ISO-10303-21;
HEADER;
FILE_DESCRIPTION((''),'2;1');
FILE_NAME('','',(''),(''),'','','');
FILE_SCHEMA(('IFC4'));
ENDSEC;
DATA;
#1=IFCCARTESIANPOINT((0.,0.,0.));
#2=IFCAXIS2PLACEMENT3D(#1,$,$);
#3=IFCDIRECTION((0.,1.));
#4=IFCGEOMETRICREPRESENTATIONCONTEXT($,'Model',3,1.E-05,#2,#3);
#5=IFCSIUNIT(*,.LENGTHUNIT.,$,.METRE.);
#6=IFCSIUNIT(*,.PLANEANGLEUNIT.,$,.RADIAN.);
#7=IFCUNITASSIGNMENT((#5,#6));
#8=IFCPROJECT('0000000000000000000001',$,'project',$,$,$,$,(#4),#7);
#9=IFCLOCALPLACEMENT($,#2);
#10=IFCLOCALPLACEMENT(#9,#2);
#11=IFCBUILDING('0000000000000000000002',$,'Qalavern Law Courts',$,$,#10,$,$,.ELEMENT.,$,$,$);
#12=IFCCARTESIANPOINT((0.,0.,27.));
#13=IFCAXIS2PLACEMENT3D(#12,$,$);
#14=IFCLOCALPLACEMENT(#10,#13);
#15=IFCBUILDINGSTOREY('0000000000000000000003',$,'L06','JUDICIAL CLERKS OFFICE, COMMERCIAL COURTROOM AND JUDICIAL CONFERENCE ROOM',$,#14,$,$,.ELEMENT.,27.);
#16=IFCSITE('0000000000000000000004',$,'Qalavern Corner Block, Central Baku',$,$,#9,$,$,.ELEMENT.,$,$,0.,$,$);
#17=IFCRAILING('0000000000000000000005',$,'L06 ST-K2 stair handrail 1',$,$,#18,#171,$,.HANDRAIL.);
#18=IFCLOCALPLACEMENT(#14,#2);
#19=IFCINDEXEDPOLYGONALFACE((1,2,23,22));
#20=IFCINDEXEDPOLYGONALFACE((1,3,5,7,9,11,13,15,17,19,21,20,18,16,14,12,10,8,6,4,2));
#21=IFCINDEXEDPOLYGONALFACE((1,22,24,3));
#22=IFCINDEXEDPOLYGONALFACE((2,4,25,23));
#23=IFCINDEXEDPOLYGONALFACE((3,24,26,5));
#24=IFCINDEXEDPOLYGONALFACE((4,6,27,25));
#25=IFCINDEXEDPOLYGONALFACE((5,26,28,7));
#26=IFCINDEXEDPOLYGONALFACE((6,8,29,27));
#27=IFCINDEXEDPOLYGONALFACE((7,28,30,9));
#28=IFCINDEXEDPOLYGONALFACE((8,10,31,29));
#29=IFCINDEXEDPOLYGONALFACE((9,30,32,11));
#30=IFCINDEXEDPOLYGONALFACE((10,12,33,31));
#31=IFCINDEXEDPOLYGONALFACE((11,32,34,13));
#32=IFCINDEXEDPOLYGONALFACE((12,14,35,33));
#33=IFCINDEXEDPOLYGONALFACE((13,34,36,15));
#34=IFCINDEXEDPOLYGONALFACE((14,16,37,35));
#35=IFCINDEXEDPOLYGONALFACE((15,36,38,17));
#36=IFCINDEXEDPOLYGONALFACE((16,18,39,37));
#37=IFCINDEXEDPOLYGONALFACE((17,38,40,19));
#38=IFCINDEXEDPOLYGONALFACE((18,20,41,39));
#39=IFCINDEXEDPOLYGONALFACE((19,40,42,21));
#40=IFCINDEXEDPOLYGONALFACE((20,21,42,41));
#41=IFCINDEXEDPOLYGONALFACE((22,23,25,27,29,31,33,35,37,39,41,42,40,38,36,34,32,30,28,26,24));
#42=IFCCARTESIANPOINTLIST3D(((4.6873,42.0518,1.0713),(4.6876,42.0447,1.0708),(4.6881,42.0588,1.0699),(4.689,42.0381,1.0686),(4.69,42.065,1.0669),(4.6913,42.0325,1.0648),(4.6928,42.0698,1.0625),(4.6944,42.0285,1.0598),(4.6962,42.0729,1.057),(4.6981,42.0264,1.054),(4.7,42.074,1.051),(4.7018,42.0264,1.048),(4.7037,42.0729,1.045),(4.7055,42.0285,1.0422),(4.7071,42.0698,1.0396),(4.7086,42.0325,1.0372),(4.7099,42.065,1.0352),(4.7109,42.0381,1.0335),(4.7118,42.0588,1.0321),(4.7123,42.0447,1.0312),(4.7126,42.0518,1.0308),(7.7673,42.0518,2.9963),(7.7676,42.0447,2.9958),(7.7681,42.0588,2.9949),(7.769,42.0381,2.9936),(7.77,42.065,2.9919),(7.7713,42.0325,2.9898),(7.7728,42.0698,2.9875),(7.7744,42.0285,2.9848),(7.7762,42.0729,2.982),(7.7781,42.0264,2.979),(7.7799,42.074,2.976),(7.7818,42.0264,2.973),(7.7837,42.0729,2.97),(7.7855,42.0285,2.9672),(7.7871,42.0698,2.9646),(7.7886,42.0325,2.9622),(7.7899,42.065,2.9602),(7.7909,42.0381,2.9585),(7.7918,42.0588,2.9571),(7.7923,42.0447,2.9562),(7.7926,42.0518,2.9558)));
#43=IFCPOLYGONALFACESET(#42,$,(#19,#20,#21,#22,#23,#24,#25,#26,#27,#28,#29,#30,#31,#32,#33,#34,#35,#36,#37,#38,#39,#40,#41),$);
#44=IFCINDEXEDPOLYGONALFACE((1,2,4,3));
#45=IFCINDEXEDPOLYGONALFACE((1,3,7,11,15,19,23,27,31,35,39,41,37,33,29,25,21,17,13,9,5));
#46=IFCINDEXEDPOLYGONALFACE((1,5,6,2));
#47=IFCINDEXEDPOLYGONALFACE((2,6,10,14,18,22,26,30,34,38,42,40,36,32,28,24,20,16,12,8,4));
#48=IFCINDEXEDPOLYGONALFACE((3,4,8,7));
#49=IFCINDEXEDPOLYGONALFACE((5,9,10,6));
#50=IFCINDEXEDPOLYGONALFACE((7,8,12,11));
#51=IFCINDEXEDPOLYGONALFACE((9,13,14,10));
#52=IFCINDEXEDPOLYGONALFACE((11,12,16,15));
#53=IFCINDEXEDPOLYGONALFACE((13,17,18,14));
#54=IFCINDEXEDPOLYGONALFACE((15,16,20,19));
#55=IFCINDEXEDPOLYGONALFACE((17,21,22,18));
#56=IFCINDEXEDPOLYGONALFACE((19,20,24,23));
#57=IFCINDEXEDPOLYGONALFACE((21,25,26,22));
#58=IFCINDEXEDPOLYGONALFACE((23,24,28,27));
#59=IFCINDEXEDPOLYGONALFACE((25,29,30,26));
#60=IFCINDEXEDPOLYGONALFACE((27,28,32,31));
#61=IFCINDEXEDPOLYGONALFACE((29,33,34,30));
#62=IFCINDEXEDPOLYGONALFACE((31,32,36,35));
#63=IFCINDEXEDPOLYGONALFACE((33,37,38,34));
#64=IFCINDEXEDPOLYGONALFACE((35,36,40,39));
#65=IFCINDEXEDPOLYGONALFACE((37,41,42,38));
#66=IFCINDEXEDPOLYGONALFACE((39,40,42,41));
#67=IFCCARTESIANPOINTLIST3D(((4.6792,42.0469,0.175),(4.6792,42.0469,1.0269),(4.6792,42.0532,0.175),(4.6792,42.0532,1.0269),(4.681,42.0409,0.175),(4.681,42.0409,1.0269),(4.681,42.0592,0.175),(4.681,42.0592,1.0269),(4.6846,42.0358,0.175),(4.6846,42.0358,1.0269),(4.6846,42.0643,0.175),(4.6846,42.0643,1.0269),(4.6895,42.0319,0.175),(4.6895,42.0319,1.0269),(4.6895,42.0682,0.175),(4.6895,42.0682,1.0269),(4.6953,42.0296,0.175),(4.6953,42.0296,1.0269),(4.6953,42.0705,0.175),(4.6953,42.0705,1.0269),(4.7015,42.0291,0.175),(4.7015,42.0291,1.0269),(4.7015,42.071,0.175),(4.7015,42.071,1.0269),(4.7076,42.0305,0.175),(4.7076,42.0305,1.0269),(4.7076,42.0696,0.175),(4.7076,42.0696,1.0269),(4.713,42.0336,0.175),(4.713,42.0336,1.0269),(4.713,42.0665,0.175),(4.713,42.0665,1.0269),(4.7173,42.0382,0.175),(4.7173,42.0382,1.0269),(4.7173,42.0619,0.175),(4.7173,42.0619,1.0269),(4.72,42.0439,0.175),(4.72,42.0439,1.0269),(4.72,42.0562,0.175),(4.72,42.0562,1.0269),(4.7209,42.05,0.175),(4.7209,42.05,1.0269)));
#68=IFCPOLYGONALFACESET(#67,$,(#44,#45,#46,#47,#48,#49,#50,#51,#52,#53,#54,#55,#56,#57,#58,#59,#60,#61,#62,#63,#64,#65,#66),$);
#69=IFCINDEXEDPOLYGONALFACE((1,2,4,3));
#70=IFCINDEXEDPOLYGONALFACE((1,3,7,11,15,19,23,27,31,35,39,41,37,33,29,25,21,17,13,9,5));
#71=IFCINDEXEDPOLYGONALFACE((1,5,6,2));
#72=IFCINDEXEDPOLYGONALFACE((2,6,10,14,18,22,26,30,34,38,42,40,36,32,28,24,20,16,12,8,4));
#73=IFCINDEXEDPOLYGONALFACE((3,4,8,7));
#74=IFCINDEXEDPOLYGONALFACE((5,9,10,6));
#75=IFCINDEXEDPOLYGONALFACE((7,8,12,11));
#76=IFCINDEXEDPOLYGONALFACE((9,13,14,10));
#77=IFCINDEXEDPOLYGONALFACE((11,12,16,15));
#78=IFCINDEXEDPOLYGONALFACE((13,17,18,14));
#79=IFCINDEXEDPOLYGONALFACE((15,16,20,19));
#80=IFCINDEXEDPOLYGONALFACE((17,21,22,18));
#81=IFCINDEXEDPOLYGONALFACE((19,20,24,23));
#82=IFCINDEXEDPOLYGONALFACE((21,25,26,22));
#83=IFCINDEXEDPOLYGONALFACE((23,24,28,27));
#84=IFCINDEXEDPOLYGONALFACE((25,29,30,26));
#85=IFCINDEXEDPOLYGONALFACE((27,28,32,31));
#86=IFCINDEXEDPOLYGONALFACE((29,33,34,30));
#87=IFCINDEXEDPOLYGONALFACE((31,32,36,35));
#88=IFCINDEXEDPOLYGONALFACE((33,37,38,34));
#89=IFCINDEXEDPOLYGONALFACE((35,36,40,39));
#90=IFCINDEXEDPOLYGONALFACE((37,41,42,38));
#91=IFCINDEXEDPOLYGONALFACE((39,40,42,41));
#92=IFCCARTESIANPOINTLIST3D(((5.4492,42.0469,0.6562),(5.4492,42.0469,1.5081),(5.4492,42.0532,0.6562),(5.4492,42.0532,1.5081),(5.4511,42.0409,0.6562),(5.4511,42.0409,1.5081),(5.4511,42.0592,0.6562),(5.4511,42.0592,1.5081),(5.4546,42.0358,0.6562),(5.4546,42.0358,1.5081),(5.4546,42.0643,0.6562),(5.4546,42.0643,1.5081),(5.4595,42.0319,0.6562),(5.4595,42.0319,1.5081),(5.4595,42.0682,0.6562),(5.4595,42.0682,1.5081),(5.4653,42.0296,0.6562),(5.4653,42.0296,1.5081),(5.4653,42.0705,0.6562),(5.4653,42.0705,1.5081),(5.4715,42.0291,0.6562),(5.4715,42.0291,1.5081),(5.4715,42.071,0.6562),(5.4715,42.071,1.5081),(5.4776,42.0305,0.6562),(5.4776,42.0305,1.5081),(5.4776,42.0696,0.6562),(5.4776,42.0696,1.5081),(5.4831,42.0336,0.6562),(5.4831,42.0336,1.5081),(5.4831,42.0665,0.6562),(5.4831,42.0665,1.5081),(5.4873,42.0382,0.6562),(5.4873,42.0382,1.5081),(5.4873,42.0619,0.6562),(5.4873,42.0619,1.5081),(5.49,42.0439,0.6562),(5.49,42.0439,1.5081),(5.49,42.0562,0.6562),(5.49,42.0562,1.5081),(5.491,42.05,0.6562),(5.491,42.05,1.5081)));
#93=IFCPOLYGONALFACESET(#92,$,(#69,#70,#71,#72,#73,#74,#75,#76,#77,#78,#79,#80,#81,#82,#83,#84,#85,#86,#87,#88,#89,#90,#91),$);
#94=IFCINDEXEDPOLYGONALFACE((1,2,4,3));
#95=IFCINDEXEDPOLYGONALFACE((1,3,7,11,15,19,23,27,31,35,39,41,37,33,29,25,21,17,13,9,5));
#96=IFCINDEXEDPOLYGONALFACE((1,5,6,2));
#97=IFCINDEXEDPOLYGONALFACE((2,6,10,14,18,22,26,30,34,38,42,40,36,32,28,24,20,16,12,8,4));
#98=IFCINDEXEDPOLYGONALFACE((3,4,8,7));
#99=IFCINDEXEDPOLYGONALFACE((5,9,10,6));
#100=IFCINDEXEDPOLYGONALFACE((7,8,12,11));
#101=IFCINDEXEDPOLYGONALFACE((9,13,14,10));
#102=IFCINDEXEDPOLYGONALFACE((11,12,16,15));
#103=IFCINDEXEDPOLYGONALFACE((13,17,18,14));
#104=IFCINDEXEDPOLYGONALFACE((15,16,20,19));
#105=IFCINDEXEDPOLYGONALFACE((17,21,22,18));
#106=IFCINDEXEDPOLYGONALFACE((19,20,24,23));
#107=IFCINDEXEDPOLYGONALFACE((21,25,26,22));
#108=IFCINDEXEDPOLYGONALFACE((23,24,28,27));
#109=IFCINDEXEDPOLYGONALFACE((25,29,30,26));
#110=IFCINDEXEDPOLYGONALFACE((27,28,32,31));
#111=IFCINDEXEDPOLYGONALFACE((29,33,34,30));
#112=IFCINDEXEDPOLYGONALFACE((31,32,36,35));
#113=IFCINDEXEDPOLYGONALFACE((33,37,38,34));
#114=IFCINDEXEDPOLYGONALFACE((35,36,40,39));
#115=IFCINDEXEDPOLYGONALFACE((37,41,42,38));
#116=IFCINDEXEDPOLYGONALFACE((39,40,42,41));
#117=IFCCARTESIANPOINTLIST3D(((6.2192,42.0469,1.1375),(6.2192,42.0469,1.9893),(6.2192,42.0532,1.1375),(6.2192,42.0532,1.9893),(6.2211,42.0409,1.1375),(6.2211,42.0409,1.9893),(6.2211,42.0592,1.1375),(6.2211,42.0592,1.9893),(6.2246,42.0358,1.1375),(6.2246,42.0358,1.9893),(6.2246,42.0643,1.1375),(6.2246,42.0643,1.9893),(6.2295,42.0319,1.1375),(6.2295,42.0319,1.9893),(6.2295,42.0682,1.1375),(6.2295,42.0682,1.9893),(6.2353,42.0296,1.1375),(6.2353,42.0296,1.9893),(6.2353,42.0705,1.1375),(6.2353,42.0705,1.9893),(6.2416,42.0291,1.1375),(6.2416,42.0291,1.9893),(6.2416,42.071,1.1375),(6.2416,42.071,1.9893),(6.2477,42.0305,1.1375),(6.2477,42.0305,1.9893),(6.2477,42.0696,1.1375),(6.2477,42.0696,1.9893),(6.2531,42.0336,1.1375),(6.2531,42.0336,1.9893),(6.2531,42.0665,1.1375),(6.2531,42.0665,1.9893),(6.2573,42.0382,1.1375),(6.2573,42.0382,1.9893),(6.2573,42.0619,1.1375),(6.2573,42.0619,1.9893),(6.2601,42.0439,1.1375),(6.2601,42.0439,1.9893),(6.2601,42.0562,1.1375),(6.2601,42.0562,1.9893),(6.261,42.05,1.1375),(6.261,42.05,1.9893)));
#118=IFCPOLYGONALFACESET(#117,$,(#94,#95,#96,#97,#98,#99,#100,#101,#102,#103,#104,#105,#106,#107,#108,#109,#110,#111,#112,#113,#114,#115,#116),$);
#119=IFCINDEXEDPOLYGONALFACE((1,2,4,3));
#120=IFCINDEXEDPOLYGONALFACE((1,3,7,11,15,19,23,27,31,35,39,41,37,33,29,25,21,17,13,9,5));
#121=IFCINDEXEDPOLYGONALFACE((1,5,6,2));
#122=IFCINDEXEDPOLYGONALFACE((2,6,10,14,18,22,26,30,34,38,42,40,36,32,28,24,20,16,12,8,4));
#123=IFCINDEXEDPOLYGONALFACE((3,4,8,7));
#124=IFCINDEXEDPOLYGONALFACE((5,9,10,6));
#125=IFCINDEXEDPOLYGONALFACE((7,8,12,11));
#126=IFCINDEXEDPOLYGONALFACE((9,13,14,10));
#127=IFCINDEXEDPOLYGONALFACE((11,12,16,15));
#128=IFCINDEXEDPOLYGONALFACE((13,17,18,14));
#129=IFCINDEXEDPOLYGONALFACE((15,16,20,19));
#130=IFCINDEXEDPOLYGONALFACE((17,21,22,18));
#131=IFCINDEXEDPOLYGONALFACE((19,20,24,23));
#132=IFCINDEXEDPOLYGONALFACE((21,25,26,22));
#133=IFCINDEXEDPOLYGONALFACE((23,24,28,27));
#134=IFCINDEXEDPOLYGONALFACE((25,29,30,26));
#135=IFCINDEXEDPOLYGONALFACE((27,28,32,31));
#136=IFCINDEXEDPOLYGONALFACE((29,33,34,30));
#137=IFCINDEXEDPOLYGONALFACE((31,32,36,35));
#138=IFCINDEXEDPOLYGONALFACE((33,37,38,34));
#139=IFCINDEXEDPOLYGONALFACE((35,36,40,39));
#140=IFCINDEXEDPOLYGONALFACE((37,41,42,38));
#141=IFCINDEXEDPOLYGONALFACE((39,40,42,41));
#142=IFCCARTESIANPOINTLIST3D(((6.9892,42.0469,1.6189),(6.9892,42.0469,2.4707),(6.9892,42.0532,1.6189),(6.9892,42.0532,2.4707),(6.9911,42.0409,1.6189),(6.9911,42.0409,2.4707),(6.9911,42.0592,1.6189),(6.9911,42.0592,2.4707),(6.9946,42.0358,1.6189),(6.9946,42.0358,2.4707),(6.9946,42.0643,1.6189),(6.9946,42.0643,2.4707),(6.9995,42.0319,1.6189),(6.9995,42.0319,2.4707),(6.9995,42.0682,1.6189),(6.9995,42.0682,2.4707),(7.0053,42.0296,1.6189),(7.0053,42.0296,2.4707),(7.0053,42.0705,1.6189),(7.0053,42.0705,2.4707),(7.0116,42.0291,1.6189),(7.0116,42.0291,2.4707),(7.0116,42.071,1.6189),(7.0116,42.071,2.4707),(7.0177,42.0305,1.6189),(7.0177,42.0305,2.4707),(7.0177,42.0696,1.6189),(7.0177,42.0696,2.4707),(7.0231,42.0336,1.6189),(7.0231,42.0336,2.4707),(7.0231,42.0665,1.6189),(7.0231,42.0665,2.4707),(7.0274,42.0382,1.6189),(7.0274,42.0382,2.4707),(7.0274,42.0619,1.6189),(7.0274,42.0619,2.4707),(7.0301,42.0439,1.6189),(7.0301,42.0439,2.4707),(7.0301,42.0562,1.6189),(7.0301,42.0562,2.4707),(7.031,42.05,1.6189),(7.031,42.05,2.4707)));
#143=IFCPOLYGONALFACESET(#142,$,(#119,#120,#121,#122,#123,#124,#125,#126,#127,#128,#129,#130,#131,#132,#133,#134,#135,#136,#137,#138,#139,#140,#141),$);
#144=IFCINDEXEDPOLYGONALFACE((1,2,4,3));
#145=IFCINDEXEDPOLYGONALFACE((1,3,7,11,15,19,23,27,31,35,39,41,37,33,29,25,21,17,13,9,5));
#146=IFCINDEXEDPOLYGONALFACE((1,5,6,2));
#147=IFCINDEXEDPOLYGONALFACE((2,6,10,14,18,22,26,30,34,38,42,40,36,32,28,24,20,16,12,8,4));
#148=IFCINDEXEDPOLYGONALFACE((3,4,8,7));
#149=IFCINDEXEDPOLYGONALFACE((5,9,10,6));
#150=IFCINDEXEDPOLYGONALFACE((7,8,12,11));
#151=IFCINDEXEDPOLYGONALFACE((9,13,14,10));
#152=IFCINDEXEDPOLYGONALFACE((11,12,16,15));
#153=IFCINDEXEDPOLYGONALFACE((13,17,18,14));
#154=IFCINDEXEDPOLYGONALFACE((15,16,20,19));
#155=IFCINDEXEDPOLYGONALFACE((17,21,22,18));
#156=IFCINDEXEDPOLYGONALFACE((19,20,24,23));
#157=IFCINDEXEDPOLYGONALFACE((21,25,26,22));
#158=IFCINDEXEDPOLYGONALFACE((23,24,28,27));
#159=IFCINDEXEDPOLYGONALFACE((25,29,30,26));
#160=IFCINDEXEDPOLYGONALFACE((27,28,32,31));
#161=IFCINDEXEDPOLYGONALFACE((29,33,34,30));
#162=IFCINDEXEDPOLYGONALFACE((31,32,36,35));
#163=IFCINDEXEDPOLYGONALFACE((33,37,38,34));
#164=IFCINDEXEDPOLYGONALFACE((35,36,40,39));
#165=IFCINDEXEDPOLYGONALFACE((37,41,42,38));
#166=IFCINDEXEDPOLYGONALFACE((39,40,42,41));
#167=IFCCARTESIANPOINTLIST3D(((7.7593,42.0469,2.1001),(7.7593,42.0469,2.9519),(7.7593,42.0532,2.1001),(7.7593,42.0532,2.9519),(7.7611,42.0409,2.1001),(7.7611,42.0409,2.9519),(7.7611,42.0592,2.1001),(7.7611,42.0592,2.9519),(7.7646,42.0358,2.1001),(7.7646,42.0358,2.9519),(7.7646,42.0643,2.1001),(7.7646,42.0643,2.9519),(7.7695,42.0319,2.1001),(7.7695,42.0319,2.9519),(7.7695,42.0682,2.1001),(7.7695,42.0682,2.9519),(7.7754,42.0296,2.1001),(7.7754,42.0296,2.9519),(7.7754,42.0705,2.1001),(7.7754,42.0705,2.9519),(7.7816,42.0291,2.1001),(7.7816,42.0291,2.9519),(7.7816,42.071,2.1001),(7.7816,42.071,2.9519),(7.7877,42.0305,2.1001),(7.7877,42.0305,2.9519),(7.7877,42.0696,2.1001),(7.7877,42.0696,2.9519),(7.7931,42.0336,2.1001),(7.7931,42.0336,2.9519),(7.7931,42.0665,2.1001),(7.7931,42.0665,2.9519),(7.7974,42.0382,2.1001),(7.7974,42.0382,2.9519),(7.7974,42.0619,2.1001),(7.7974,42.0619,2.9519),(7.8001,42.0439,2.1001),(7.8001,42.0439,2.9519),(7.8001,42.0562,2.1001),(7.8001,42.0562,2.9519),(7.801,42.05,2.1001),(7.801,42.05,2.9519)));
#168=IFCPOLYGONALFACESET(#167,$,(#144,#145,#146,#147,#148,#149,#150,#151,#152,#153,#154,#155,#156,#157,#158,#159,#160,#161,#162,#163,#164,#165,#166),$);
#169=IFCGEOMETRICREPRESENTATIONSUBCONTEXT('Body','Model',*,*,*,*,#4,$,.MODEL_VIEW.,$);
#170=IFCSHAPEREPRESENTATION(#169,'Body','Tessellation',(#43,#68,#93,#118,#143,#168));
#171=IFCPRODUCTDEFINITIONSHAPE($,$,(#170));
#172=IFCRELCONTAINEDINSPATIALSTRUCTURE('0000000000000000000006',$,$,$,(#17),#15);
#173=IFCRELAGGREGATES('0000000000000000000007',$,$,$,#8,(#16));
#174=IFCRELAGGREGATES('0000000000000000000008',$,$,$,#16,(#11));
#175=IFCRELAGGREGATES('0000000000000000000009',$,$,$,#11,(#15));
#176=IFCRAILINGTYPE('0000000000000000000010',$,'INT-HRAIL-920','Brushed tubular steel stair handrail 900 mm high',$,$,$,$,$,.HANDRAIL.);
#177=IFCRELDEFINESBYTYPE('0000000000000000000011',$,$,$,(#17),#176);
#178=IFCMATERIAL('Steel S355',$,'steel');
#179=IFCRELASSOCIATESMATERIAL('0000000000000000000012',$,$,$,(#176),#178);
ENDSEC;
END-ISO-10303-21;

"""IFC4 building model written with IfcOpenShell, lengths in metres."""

from ifc_helpers import new_model, si_unit, direction, frame, origin, origin_2d, place, context, subcontext, project, spatial, circle, extrude, material, type_object, element, save


model = new_model("IFC4")

# Units and contexts
model_context = context("Model", 3, precision=1e-05, world=origin(), true_north=direction((0.0, 1.0)))
body_context = subcontext(model_context, "Body", "Model", "MODEL_VIEW")
ifc_project = project(units=[si_unit("LENGTHUNIT", "METRE"), si_unit("PLANEANGLEUNIT", "RADIAN")], contexts=[model_context])

# Site, building, storey
site_placement = place(None, origin())
site = spatial("IfcSite", under=ifc_project, at=site_placement, Name="Qalavern Corner Block, Central Baku", CompositionType="ELEMENT", RefElevation=0.0)
building_placement = place(site_placement, origin())
building = spatial("IfcBuilding", under=site, at=building_placement, Name="Qalavern Law Courts", CompositionType="ELEMENT")
storey_placement = place(building_placement, frame((0.0, 0.0, 27.0)))
storey = spatial("IfcBuildingStorey", under=building, at=storey_placement, Name="L06", Description="JUDICIAL CLERKS OFFICE, COMMERCIAL COURTROOM AND JUDICIAL CONFERENCE ROOM", CompositionType="ELEMENT", Elevation=27.0)

# Shared definitions
ifc_material_1 = material(Name="Steel S355", Category="steel")

# Railing
railing_type_1 = type_object("IfcRailingType", Name="INT-HRAIL-920", Description="Brushed tubular steel stair handrail 900 mm high", PredefinedType="HANDRAIL", material=ifc_material_1)
railing_1_placement = place(storey_placement, frame((4.7, 42.05, 0.175)))
element("IfcRailing", 1, at=railing_1_placement, inside=storey, type_object=railing_type_1, Name="L06 ST-K2 stair handrail 1", PredefinedType="HANDRAIL", context=body_context, shape_type="SweptSolid", body=[
    extrude(circle(Radius=0.0239, at=origin_2d()), frame((0.0, 0.0, 0.876), z_axis=(0.847998, 0.0, 0.529999), x_axis=(0.0, 1.0, 0.0)), (0.0, 0.0, 1.0), 3.6321),
    extrude(circle(Radius=0.021, at=origin_2d()), origin(), (0.0, 0.0, 1.0), 0.8518),
    extrude(circle(Radius=0.021, at=origin_2d()), frame((0.77, 0.0, 0.4812)), (0.0, 0.0, 1.0), 0.8518),
    extrude(circle(Radius=0.021, at=origin_2d()), frame((1.54, 0.0, 0.9624)), (0.0, 0.0, 1.0), 0.8518),
    extrude(circle(Radius=0.021, at=origin_2d()), frame((2.3101, 0.0, 1.4438)), (0.0, 0.0, 1.0), 0.8518),
    extrude(circle(Radius=0.021, at=origin_2d()), frame((3.0801, 0.0, 1.925)), (0.0, 0.0, 1.0), 0.8518),
])

save(model, "model.ifc")
